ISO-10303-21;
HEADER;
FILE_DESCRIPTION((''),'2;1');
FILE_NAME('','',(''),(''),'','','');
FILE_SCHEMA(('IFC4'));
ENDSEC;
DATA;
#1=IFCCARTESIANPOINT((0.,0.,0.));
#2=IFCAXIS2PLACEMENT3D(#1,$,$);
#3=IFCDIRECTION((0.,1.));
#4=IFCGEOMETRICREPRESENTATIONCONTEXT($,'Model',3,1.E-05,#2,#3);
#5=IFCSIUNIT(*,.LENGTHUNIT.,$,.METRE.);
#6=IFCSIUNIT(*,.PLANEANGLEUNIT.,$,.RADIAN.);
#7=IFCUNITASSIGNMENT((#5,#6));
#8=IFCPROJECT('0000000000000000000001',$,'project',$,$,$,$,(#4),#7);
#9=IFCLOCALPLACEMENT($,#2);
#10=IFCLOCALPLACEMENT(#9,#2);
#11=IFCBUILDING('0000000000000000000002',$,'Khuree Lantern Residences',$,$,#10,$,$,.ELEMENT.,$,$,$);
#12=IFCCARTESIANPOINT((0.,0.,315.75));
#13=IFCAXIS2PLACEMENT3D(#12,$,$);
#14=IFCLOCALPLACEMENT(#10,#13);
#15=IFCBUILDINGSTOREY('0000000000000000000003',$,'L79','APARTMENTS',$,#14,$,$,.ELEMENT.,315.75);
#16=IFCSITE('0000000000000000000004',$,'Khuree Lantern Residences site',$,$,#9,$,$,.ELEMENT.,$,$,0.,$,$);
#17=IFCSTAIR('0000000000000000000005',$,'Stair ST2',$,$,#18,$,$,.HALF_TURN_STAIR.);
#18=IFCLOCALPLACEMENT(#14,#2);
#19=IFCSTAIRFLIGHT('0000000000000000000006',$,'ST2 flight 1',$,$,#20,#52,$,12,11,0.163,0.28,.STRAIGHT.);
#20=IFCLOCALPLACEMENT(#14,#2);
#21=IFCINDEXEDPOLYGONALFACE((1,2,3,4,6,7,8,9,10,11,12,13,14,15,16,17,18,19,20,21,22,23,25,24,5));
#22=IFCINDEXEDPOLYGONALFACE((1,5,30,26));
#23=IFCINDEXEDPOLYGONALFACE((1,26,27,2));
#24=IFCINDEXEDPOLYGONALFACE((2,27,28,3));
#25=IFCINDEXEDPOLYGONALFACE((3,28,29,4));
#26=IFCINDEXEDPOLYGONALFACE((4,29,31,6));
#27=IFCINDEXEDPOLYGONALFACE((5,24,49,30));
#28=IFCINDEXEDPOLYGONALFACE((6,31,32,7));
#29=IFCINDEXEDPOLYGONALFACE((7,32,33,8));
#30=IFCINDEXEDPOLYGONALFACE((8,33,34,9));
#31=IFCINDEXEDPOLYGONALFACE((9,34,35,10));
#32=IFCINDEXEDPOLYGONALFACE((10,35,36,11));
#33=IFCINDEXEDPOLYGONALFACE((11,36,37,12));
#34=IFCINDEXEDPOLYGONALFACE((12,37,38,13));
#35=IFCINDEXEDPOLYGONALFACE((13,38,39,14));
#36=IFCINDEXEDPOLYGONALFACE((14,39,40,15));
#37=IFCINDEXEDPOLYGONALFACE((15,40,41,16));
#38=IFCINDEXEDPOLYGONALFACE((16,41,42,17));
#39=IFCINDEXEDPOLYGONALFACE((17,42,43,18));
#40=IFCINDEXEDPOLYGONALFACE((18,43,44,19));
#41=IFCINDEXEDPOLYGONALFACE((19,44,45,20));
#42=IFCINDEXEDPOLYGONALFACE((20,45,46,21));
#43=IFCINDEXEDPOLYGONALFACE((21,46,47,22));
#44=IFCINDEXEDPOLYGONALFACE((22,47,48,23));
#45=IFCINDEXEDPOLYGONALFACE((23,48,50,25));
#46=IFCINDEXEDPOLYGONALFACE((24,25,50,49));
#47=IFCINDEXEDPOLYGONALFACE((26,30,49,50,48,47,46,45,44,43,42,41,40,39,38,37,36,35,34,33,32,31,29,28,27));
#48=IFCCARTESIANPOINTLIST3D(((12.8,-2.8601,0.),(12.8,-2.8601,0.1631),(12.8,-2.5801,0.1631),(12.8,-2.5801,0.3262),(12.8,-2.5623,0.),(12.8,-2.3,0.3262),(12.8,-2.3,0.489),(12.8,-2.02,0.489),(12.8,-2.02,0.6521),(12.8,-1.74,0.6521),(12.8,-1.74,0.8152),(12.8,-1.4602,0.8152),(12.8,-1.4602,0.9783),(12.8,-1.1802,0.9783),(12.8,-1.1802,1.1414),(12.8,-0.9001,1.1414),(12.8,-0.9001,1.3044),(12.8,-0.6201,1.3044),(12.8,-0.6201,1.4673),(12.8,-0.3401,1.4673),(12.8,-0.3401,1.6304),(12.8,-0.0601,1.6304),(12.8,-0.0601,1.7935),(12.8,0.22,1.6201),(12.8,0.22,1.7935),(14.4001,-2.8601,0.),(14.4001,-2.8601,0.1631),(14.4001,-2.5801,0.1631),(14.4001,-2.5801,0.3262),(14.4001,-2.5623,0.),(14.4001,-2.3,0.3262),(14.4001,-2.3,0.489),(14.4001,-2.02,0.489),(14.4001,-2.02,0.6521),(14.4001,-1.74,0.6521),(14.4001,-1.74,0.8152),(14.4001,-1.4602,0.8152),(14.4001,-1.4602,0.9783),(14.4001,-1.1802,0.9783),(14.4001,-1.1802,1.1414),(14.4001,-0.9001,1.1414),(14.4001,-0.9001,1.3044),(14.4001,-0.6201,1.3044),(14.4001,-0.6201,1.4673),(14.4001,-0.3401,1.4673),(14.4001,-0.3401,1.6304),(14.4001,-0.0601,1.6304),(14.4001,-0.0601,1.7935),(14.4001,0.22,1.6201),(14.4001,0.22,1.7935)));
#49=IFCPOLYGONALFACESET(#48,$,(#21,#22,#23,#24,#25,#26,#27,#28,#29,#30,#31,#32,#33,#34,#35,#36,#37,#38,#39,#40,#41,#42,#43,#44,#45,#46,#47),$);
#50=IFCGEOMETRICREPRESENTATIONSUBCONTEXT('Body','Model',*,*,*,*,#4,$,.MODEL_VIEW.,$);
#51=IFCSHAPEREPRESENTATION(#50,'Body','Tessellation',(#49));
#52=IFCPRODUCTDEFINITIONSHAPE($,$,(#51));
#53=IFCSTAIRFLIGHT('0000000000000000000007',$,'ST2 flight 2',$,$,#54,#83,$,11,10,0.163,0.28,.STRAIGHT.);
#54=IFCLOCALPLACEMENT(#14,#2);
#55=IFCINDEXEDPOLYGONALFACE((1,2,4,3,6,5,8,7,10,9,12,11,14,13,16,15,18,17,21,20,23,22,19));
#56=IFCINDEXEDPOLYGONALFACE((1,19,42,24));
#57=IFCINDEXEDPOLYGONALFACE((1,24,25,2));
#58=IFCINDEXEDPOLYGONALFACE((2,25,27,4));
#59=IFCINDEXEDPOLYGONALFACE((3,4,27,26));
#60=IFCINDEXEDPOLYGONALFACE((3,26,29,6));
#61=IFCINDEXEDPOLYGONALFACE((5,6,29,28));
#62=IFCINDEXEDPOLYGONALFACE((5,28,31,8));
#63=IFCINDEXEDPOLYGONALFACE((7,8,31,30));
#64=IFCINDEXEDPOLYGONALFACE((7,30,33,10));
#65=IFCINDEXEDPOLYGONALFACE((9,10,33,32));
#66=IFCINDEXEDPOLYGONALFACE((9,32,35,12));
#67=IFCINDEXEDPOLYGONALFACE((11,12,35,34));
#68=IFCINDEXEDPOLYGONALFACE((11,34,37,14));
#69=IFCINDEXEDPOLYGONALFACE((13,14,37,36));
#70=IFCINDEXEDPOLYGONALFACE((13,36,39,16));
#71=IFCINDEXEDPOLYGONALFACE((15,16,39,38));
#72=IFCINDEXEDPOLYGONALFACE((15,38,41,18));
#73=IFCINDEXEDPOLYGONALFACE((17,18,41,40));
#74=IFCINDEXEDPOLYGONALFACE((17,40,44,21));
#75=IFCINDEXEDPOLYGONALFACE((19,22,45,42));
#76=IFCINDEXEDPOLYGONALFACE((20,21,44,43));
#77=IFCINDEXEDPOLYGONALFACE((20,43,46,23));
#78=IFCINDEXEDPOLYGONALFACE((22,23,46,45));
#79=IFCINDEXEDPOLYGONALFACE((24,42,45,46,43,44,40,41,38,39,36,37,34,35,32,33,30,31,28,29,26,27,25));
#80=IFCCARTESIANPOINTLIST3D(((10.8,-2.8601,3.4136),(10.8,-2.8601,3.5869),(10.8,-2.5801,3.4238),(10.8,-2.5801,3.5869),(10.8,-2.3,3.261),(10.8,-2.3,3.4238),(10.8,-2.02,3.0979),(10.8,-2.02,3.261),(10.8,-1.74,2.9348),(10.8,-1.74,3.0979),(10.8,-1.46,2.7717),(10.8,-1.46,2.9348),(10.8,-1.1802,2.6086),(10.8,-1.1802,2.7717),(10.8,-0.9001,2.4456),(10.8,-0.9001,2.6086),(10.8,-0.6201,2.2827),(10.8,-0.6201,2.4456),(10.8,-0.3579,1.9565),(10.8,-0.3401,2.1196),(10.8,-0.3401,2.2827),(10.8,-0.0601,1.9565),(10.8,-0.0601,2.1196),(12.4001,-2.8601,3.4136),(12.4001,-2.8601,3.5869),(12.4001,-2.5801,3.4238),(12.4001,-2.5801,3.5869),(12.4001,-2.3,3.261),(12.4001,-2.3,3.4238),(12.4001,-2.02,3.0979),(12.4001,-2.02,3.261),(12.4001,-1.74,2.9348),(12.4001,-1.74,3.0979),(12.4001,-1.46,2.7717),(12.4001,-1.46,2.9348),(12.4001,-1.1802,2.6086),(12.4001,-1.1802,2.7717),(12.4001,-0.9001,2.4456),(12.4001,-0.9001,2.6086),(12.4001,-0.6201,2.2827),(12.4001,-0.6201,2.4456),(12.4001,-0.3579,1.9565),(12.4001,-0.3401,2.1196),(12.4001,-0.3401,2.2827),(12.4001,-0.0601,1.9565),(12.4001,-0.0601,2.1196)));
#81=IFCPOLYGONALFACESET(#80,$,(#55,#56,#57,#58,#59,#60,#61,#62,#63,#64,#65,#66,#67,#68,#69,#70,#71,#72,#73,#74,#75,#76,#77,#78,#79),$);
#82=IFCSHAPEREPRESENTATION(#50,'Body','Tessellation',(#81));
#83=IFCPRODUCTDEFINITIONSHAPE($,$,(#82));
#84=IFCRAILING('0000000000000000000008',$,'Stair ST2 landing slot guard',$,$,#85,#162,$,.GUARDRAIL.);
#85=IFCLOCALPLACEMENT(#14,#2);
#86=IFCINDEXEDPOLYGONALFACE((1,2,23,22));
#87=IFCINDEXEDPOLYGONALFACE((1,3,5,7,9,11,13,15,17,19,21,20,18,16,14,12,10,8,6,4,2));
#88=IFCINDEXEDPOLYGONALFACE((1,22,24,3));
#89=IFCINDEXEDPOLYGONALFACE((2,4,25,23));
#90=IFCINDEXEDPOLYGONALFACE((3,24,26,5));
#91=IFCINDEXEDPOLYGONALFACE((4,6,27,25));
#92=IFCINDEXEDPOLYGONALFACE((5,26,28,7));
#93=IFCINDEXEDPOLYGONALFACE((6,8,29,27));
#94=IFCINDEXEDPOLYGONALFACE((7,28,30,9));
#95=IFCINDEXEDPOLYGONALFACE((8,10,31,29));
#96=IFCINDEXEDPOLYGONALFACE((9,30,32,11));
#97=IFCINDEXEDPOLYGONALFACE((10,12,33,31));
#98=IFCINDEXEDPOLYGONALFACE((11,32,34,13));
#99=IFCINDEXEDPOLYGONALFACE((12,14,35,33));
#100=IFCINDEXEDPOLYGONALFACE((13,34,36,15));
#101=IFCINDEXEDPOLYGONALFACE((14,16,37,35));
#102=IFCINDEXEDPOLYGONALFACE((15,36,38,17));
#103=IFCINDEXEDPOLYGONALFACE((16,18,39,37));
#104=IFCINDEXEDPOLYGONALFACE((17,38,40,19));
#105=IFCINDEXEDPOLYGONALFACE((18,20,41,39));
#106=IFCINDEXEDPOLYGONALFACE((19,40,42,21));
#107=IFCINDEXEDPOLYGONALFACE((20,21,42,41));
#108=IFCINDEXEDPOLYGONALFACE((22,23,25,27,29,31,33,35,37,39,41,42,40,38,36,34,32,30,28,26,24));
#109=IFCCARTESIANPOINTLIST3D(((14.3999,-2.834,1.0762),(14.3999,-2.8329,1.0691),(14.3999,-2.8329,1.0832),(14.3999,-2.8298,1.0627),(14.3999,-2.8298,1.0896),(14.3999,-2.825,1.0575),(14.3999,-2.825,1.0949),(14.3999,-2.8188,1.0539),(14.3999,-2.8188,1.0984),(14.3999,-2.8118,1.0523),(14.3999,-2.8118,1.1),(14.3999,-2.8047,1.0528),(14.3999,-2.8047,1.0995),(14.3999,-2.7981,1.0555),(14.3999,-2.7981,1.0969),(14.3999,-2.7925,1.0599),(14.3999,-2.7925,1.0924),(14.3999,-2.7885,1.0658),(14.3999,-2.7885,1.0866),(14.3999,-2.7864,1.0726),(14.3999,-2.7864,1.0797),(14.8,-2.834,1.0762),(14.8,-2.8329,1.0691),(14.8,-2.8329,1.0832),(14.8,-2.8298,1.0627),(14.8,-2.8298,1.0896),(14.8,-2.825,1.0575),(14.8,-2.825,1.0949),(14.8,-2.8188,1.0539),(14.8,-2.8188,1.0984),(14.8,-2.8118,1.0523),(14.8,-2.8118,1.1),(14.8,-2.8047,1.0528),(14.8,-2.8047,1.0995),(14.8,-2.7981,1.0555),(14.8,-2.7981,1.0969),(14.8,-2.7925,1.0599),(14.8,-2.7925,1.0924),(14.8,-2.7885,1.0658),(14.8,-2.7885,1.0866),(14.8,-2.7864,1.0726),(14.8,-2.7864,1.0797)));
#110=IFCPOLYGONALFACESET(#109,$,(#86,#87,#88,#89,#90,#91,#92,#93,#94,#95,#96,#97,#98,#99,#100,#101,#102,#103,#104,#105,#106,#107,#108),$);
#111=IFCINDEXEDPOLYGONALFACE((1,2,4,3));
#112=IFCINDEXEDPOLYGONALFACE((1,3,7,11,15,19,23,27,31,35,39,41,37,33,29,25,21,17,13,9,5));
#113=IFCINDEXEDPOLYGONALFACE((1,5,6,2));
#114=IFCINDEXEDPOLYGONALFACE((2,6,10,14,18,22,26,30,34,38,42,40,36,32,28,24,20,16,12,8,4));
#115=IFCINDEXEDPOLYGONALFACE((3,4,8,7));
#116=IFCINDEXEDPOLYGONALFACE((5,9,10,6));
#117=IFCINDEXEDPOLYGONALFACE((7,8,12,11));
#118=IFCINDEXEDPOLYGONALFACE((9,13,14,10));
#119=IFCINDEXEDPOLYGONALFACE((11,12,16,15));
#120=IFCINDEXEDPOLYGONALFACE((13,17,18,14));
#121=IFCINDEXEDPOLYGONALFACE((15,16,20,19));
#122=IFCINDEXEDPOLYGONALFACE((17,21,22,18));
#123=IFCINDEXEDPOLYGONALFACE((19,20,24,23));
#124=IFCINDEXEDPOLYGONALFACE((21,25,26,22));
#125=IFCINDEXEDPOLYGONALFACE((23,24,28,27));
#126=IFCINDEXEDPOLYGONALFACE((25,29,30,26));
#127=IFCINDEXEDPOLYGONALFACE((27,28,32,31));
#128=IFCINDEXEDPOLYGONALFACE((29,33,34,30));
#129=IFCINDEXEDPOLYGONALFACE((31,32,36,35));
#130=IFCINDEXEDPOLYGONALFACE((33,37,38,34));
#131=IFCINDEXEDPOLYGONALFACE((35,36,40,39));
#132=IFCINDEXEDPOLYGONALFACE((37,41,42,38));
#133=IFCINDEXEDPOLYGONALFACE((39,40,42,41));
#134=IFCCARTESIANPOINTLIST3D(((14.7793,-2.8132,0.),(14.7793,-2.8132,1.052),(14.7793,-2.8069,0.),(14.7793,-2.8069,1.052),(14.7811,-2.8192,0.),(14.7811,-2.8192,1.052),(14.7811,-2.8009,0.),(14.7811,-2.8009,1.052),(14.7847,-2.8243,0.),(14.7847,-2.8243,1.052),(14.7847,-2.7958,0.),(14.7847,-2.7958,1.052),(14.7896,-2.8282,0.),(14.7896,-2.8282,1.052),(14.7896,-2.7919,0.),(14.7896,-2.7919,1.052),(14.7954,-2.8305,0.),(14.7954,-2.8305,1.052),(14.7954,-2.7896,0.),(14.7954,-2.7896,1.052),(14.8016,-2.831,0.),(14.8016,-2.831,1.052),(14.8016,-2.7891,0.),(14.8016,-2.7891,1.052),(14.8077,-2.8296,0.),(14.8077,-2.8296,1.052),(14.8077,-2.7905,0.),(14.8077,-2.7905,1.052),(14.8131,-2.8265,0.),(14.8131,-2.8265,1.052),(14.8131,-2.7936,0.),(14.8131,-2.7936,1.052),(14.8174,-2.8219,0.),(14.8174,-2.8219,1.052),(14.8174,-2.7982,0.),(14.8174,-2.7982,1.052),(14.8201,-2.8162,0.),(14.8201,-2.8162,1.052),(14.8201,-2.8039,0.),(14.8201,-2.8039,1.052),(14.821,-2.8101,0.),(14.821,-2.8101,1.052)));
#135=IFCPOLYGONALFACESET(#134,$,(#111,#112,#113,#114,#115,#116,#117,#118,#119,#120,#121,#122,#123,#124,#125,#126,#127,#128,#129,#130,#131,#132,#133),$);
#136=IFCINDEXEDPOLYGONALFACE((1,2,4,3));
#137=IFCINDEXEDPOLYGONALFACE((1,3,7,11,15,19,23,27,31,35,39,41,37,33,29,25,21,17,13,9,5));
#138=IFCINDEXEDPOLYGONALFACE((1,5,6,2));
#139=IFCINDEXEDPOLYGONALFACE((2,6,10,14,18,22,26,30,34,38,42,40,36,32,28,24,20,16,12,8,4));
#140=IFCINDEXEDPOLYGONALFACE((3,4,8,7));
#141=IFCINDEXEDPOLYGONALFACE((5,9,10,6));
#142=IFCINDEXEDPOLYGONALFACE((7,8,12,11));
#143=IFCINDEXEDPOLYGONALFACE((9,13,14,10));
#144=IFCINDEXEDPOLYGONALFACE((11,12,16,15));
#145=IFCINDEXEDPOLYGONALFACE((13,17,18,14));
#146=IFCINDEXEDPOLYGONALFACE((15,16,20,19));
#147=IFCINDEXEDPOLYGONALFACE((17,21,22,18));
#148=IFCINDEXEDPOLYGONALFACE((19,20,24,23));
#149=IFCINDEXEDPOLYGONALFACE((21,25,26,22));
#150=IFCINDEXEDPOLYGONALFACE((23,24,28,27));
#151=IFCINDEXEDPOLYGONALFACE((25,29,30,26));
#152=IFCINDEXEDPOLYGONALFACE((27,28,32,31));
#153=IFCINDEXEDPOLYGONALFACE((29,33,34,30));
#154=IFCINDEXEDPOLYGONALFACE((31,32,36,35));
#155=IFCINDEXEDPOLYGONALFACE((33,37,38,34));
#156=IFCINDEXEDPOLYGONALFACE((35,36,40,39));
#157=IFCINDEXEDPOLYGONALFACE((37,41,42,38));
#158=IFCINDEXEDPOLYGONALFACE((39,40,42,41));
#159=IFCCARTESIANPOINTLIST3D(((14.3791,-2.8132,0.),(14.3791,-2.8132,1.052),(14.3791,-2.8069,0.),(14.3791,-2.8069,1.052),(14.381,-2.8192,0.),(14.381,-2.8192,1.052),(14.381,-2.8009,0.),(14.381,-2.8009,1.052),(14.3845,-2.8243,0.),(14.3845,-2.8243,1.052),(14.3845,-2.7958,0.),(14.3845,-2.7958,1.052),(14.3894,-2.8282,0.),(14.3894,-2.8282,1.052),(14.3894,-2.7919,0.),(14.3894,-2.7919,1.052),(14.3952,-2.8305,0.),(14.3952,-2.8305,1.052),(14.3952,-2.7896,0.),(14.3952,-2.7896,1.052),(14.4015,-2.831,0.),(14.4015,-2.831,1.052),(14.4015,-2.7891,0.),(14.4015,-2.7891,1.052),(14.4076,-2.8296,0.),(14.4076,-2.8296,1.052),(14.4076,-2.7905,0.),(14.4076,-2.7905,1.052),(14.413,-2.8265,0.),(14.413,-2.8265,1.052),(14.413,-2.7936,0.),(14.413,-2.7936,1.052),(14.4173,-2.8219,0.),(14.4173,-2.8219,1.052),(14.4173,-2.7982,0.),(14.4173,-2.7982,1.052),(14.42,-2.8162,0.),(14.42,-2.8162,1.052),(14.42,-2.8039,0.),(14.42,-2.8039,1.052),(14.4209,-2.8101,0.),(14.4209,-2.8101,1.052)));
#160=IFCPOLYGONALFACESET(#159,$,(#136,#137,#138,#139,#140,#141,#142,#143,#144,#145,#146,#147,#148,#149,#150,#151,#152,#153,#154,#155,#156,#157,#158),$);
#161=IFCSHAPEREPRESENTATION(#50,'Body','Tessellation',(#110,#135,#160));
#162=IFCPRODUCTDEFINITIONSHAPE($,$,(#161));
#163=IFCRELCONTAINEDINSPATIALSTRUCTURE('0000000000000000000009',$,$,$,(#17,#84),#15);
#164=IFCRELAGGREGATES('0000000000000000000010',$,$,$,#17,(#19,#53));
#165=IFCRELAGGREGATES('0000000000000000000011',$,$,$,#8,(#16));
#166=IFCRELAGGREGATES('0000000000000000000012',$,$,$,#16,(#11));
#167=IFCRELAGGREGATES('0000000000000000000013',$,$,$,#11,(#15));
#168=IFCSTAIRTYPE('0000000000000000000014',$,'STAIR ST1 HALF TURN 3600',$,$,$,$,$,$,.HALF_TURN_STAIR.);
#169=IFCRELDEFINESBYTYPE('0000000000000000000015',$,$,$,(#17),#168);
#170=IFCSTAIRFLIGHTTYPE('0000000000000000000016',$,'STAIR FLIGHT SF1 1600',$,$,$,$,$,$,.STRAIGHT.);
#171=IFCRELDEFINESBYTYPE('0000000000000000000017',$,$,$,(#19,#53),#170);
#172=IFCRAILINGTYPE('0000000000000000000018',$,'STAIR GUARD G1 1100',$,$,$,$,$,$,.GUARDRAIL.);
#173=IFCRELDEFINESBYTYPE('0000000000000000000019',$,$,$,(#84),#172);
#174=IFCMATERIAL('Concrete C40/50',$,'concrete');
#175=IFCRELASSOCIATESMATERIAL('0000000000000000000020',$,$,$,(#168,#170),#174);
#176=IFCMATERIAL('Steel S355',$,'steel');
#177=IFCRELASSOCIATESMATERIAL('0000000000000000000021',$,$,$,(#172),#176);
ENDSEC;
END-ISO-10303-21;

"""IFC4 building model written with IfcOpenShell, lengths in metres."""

from ifc_helpers import new_model, si_unit, direction, frame, origin, origin_2d, place, context, subcontext, project, spatial, polyline, circle, outline, extrude, material, type_object, element, aggregate, save


model = new_model("IFC4")

# Units and contexts
model_context = context("Model", 3, precision=1e-05, world=origin(), true_north=direction((0.0, 1.0)))
body_context = subcontext(model_context, "Body", "Model", "MODEL_VIEW")
ifc_project = project(units=[si_unit("LENGTHUNIT", "METRE"), si_unit("PLANEANGLEUNIT", "RADIAN")], contexts=[model_context])

# Site, building, storey
site_placement = place(None, origin())
site = spatial("IfcSite", under=ifc_project, at=site_placement, Name="Khuree Lantern Residences site", CompositionType="ELEMENT", RefElevation=0.0)
building_placement = place(site_placement, origin())
building = spatial("IfcBuilding", under=site, at=building_placement, Name="Khuree Lantern Residences", CompositionType="ELEMENT")
storey_placement = place(building_placement, frame((0.0, 0.0, 315.75)))
storey = spatial("IfcBuildingStorey", under=building, at=storey_placement, Name="L79", Description="APARTMENTS", CompositionType="ELEMENT", Elevation=315.75)

# Stair, stair flights
ifc_material_1 = material(Name="Concrete C40/50", Category="concrete")
stair_type = type_object("IfcStairType", Name="STAIR ST1 HALF TURN 3600", PredefinedType="HALF_TURN_STAIR", material=ifc_material_1)
stair_placement = place(storey_placement, origin())
stair = element("IfcStair", 1, at=stair_placement, inside=storey, type_object=stair_type, Name="Stair ST2", PredefinedType="HALF_TURN_STAIR")
stair_flight_type = type_object("IfcStairFlightType", Name="STAIR FLIGHT SF1 1600", PredefinedType="STRAIGHT", material=ifc_material_1)
stair_flight_1_placement = place(storey_placement, frame((13.6001, -2.8601, 0.0), z_axis=(0.0, 0.0, 1.0), x_axis=(0.0, 1.0, 0.0)))
stair_flight_1 = element("IfcStairFlight", 2, at=stair_flight_1_placement, type_object=stair_flight_type, Name="ST2 flight 1", NumberOfRisers=12, NumberOfTreads=11, PredefinedType="STRAIGHT", RiserHeight=0.163, TreadLength=0.28, context=body_context, shape_type="SweptSolid", body=[
    extrude(outline(polyline([(0.0, 0.0), (0.0, 0.1631), (0.28, 0.1631), (0.28, 0.3262), (0.5601, 0.3262), (0.5601, 0.489), (0.8401, 0.489), (0.8401, 0.6521), (1.1201, 0.6521), (1.1201, 0.8152), (1.3999, 0.8152), (1.3999, 0.9783), (1.6799, 0.9783), (1.6799, 1.1414), (1.96, 1.1414), (1.96, 1.3044), (2.24, 1.3044), (2.24, 1.4673), (2.52, 1.4673), (2.52, 1.6304), (2.8, 1.6304), (2.8, 1.7935), (3.0801, 1.7935), (3.0801, 1.9565), (3.0801, 1.6201), (0.2979, 0.0), (0.0, 0.0)])), frame((0.0, 0.8, 0.0), z_axis=(0.0, -1.0, 0.0), x_axis=(1.0, 0.0, 0.0)), (0.0, 0.0, 1.0), 1.6001),
])
stair_flight_2_placement = place(storey_placement, frame((11.6001, -0.0601, 1.9565), z_axis=(0.0, 0.0, 1.0), x_axis=(0.0, -1.0, 0.0)))
stair_flight_2 = element("IfcStairFlight", 3, at=stair_flight_2_placement, type_object=stair_flight_type, Name="ST2 flight 2", NumberOfRisers=11, NumberOfTreads=10, PredefinedType="STRAIGHT", RiserHeight=0.163, TreadLength=0.28, context=body_context, shape_type="SweptSolid", body=[
    extrude(outline(polyline([(0.0, 0.0), (0.0, 0.1631), (0.28, 0.1631), (0.28, 0.3262), (0.5601, 0.3262), (0.5601, 0.489), (0.8401, 0.489), (0.8401, 0.6521), (1.1201, 0.6521), (1.1201, 0.8152), (1.3999, 0.8152), (1.3999, 0.9783), (1.6799, 0.9783), (1.6799, 1.1414), (1.96, 1.1414), (1.96, 1.3044), (2.24, 1.3044), (2.24, 1.4673), (2.52, 1.4673), (2.52, 1.6304), (2.8, 1.6304), (2.8, 1.7935), (2.8, 1.457), (0.2979, 0.0), (0.0, 0.0)])), frame((0.0, 0.8, 0.0), z_axis=(0.0, -1.0, 0.0), x_axis=(1.0, 0.0, 0.0)), (0.0, 0.0, 1.0), 1.6001),
])
aggregate(stair, [stair_flight_1, stair_flight_2])

# Railing
ifc_material_2 = material(Name="Steel S355", Category="steel")
railing_type_1 = type_object("IfcRailingType", Name="STAIR GUARD G1 1100", PredefinedType="GUARDRAIL", material=ifc_material_2)
railing_1_placement = place(storey_placement, frame((14.8, -2.8101, 0.0)))
element("IfcRailing", 4, at=railing_1_placement, inside=storey, type_object=railing_type_1, Name="Stair ST2 landing slot guard", PredefinedType="GUARDRAIL", context=body_context, shape_type="SweptSolid", body=[
    extrude(circle(Radius=0.0239, at=origin_2d()), frame((0.0, 0.0, 1.0762), z_axis=(-1.0, 0.0, 0.0), x_axis=(0.0, -1.0, 0.0)), (0.0, 0.0, 1.0), 0.4001),
    extrude(circle(Radius=0.021, at=origin_2d()), origin(), (0.0, 0.0, 1.0), 1.052),
    extrude(circle(Radius=0.021, at=origin_2d()), frame((-0.4001, 0.0, 0.0)), (0.0, 0.0, 1.0), 1.052),
])

save(model, "model.ifc")
